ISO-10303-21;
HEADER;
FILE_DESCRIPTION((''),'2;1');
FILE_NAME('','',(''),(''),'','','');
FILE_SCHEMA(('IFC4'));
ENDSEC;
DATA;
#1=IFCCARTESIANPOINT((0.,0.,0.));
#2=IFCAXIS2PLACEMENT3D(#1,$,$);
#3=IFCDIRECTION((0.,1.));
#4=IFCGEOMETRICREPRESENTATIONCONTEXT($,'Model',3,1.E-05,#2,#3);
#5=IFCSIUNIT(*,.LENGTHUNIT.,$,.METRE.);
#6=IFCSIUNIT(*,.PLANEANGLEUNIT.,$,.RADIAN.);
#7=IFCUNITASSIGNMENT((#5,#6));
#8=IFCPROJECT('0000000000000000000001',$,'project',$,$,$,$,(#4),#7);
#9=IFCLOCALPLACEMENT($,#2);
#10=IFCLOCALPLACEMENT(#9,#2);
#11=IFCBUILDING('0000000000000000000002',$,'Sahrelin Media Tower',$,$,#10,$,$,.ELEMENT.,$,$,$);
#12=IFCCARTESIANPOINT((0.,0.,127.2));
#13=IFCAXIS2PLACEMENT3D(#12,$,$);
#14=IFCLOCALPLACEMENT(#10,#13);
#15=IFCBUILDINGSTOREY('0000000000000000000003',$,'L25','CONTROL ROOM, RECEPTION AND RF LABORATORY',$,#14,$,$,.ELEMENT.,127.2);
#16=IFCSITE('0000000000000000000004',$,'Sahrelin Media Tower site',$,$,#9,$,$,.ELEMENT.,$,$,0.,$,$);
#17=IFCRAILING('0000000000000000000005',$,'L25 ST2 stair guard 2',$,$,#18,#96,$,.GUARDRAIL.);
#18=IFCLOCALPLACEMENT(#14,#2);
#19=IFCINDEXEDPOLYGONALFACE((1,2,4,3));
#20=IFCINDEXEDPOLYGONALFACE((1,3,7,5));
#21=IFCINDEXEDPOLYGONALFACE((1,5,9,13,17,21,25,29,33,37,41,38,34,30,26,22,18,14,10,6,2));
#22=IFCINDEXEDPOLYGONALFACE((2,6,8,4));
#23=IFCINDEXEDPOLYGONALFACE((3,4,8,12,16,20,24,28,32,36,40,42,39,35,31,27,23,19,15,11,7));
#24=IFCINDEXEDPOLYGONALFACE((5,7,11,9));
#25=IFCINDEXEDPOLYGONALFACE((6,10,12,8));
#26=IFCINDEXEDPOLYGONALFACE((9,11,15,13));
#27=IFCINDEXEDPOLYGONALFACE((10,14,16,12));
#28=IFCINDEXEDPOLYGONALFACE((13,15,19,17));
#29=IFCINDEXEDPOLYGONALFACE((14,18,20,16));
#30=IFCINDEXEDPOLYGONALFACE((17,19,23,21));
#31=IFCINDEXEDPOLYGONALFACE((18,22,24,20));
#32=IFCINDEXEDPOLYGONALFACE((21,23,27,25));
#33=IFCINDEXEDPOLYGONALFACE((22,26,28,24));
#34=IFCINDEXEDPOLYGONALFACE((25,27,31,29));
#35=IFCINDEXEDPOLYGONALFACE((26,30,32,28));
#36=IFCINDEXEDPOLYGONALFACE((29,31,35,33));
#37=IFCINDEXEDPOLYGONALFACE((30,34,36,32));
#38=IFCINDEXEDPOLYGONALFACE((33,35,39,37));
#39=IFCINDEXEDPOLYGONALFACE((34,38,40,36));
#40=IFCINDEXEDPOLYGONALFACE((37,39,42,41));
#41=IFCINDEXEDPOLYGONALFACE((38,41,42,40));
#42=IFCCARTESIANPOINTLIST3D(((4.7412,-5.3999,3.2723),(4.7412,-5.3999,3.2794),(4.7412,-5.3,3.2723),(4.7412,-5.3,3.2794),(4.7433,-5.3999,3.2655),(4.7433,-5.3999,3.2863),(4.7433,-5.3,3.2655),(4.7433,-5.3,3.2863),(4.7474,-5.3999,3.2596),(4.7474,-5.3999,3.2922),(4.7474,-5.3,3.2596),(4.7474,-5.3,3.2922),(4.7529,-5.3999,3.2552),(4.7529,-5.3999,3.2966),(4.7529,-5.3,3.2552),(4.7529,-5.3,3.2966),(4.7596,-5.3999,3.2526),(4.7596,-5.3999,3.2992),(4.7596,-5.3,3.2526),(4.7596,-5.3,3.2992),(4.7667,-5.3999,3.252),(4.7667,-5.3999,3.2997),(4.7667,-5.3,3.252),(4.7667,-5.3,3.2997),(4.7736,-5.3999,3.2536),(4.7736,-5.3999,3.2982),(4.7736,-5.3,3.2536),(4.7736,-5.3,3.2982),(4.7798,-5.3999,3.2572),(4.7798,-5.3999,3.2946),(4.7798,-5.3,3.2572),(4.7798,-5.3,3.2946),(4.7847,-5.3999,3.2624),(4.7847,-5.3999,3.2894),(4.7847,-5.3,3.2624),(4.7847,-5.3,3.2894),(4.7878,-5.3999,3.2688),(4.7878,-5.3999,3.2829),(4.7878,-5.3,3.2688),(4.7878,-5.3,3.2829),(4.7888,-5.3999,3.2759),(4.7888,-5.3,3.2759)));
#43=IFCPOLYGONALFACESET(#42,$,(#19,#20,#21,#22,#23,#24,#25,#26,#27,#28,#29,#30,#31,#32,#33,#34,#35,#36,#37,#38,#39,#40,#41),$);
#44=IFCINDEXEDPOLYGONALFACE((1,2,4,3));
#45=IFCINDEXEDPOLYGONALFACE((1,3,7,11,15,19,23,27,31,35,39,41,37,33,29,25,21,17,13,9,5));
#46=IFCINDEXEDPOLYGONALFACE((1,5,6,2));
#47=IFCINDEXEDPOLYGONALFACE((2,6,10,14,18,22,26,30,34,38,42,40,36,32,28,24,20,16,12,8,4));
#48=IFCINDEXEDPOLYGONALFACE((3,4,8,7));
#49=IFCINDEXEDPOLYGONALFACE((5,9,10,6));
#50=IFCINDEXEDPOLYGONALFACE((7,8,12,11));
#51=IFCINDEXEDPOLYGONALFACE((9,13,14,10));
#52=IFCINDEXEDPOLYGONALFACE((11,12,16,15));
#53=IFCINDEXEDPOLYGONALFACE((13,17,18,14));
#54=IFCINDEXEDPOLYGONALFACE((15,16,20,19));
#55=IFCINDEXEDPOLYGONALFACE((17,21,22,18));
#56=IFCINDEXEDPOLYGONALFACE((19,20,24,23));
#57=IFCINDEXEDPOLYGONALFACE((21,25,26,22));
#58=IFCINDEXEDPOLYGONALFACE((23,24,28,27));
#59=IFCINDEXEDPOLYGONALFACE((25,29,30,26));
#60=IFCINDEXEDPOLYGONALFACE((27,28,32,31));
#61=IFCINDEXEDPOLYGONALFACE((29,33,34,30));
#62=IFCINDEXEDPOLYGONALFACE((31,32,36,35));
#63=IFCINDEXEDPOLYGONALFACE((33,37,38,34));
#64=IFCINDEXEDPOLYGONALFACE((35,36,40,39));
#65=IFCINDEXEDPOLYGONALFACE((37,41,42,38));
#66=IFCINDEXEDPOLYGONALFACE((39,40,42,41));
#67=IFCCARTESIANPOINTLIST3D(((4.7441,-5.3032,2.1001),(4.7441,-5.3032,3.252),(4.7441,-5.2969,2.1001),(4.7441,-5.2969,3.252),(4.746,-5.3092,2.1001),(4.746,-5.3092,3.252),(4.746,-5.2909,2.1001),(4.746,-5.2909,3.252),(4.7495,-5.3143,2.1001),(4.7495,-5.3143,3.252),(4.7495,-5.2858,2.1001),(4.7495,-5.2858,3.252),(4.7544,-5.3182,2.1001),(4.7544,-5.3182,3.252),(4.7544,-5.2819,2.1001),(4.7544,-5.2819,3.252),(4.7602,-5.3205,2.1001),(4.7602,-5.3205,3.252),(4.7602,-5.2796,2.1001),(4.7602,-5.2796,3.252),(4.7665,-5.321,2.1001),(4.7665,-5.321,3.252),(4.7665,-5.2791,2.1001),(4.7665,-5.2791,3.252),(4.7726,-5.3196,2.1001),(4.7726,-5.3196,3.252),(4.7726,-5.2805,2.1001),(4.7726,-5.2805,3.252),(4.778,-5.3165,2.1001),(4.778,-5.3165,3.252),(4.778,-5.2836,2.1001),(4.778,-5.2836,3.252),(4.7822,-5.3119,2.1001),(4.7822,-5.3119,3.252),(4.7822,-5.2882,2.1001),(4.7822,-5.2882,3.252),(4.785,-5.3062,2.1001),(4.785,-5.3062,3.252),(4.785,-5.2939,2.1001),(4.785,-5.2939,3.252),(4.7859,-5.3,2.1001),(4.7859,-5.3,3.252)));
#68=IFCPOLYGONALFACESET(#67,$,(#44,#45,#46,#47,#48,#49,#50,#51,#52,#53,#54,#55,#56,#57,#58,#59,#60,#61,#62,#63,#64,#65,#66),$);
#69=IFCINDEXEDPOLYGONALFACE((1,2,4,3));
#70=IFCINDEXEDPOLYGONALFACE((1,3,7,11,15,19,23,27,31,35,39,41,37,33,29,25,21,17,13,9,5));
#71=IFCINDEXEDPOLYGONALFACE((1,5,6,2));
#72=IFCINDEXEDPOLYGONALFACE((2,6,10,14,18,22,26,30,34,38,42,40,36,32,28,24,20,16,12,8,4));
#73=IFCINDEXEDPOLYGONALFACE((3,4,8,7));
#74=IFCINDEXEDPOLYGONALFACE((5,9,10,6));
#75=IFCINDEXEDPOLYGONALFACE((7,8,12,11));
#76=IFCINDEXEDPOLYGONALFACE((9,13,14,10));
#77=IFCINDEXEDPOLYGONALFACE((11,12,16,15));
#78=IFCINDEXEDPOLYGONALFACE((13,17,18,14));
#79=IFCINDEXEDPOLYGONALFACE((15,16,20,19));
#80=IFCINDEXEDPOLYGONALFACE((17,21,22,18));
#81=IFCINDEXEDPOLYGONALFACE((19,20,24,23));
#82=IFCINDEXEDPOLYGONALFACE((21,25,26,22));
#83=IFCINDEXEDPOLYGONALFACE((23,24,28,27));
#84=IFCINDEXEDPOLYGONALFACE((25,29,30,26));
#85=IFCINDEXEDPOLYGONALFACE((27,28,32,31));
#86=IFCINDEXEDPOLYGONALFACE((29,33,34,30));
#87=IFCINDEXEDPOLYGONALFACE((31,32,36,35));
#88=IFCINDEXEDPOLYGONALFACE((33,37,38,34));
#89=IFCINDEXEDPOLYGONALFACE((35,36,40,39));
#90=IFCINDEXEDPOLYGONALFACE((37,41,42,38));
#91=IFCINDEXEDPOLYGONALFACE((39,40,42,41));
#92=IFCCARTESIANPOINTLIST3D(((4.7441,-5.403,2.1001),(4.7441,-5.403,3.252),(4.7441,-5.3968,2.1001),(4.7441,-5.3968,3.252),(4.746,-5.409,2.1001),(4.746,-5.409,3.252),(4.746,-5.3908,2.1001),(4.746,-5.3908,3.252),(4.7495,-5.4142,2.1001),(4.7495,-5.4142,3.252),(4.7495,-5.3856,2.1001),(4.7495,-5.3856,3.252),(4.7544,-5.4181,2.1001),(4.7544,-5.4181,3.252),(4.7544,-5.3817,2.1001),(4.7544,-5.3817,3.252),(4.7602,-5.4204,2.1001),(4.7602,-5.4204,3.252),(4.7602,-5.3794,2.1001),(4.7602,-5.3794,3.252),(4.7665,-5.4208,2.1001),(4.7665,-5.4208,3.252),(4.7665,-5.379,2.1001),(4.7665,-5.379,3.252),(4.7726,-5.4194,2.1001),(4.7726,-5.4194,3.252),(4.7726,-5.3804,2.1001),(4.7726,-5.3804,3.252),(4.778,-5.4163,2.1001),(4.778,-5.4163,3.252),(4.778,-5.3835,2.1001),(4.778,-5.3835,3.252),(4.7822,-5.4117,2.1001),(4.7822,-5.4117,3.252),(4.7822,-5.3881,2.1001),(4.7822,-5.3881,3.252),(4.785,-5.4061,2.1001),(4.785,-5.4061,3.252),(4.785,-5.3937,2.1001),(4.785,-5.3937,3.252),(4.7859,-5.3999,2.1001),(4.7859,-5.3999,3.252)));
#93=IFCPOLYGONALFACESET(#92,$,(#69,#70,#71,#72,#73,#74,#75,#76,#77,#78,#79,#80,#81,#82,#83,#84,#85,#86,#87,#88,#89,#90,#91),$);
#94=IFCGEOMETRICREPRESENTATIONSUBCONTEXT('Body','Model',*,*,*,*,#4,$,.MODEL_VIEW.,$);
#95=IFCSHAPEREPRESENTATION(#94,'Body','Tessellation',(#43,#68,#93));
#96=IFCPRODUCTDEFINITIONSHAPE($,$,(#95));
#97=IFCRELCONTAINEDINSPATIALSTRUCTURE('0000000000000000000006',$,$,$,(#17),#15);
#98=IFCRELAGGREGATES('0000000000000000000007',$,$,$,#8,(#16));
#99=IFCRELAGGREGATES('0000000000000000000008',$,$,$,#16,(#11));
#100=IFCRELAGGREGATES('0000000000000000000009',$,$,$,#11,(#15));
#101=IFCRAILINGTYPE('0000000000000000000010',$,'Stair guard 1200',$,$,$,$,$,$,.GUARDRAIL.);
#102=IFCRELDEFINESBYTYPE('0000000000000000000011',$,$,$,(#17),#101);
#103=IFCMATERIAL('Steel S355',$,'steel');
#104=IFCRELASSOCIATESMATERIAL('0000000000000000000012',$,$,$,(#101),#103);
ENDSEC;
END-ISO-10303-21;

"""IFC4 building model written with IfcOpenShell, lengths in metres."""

from ifc_helpers import new_model, si_unit, direction, frame, origin, origin_2d, place, context, subcontext, project, spatial, circle, extrude, material, type_object, element, save


model = new_model("IFC4")

# Units and contexts
model_context = context("Model", 3, precision=1e-05, world=origin(), true_north=direction((0.0, 1.0)))
body_context = subcontext(model_context, "Body", "Model", "MODEL_VIEW")
ifc_project = project(units=[si_unit("LENGTHUNIT", "METRE"), si_unit("PLANEANGLEUNIT", "RADIAN")], contexts=[model_context])

# Site, building, storey
site_placement = place(None, origin())
site = spatial("IfcSite", under=ifc_project, at=site_placement, Name="Sahrelin Media Tower site", CompositionType="ELEMENT", RefElevation=0.0)
building_placement = place(site_placement, origin())
building = spatial("IfcBuilding", under=site, at=building_placement, Name="Sahrelin Media Tower", CompositionType="ELEMENT")
storey_placement = place(building_placement, frame((0.0, 0.0, 127.2)))
storey = spatial("IfcBuildingStorey", under=building, at=storey_placement, Name="L25", Description="CONTROL ROOM, RECEPTION AND RF LABORATORY", CompositionType="ELEMENT", Elevation=127.2)

# Shared definitions
ifc_material_1 = material(Name="Steel S355", Category="steel")

# Railing
railing_type_1 = type_object("IfcRailingType", Name="Stair guard 1200", PredefinedType="GUARDRAIL", material=ifc_material_1)
railing_1_placement = place(storey_placement, frame((4.7649, -5.3, 2.1001)))
element("IfcRailing", 1, at=railing_1_placement, inside=storey, type_object=railing_type_1, Name="L25 ST2 stair guard 2", PredefinedType="GUARDRAIL", context=body_context, shape_type="SweptSolid", body=[
    extrude(circle(Radius=0.0239, at=origin_2d()), frame((0.0, 0.0, 1.1758), z_axis=(0.0, -1.0, 0.0), x_axis=(1.0, 0.0, 0.0)), (0.0, 0.0, 1.0), 0.0999),
    extrude(circle(Radius=0.021, at=origin_2d()), origin(), (0.0, 0.0, 1.0), 1.1519),
    extrude(circle(Radius=0.021, at=origin_2d()), frame((0.0, -0.0999, 0.0)), (0.0, 0.0, 1.0), 1.1519),
])

save(model, "model.ifc")
